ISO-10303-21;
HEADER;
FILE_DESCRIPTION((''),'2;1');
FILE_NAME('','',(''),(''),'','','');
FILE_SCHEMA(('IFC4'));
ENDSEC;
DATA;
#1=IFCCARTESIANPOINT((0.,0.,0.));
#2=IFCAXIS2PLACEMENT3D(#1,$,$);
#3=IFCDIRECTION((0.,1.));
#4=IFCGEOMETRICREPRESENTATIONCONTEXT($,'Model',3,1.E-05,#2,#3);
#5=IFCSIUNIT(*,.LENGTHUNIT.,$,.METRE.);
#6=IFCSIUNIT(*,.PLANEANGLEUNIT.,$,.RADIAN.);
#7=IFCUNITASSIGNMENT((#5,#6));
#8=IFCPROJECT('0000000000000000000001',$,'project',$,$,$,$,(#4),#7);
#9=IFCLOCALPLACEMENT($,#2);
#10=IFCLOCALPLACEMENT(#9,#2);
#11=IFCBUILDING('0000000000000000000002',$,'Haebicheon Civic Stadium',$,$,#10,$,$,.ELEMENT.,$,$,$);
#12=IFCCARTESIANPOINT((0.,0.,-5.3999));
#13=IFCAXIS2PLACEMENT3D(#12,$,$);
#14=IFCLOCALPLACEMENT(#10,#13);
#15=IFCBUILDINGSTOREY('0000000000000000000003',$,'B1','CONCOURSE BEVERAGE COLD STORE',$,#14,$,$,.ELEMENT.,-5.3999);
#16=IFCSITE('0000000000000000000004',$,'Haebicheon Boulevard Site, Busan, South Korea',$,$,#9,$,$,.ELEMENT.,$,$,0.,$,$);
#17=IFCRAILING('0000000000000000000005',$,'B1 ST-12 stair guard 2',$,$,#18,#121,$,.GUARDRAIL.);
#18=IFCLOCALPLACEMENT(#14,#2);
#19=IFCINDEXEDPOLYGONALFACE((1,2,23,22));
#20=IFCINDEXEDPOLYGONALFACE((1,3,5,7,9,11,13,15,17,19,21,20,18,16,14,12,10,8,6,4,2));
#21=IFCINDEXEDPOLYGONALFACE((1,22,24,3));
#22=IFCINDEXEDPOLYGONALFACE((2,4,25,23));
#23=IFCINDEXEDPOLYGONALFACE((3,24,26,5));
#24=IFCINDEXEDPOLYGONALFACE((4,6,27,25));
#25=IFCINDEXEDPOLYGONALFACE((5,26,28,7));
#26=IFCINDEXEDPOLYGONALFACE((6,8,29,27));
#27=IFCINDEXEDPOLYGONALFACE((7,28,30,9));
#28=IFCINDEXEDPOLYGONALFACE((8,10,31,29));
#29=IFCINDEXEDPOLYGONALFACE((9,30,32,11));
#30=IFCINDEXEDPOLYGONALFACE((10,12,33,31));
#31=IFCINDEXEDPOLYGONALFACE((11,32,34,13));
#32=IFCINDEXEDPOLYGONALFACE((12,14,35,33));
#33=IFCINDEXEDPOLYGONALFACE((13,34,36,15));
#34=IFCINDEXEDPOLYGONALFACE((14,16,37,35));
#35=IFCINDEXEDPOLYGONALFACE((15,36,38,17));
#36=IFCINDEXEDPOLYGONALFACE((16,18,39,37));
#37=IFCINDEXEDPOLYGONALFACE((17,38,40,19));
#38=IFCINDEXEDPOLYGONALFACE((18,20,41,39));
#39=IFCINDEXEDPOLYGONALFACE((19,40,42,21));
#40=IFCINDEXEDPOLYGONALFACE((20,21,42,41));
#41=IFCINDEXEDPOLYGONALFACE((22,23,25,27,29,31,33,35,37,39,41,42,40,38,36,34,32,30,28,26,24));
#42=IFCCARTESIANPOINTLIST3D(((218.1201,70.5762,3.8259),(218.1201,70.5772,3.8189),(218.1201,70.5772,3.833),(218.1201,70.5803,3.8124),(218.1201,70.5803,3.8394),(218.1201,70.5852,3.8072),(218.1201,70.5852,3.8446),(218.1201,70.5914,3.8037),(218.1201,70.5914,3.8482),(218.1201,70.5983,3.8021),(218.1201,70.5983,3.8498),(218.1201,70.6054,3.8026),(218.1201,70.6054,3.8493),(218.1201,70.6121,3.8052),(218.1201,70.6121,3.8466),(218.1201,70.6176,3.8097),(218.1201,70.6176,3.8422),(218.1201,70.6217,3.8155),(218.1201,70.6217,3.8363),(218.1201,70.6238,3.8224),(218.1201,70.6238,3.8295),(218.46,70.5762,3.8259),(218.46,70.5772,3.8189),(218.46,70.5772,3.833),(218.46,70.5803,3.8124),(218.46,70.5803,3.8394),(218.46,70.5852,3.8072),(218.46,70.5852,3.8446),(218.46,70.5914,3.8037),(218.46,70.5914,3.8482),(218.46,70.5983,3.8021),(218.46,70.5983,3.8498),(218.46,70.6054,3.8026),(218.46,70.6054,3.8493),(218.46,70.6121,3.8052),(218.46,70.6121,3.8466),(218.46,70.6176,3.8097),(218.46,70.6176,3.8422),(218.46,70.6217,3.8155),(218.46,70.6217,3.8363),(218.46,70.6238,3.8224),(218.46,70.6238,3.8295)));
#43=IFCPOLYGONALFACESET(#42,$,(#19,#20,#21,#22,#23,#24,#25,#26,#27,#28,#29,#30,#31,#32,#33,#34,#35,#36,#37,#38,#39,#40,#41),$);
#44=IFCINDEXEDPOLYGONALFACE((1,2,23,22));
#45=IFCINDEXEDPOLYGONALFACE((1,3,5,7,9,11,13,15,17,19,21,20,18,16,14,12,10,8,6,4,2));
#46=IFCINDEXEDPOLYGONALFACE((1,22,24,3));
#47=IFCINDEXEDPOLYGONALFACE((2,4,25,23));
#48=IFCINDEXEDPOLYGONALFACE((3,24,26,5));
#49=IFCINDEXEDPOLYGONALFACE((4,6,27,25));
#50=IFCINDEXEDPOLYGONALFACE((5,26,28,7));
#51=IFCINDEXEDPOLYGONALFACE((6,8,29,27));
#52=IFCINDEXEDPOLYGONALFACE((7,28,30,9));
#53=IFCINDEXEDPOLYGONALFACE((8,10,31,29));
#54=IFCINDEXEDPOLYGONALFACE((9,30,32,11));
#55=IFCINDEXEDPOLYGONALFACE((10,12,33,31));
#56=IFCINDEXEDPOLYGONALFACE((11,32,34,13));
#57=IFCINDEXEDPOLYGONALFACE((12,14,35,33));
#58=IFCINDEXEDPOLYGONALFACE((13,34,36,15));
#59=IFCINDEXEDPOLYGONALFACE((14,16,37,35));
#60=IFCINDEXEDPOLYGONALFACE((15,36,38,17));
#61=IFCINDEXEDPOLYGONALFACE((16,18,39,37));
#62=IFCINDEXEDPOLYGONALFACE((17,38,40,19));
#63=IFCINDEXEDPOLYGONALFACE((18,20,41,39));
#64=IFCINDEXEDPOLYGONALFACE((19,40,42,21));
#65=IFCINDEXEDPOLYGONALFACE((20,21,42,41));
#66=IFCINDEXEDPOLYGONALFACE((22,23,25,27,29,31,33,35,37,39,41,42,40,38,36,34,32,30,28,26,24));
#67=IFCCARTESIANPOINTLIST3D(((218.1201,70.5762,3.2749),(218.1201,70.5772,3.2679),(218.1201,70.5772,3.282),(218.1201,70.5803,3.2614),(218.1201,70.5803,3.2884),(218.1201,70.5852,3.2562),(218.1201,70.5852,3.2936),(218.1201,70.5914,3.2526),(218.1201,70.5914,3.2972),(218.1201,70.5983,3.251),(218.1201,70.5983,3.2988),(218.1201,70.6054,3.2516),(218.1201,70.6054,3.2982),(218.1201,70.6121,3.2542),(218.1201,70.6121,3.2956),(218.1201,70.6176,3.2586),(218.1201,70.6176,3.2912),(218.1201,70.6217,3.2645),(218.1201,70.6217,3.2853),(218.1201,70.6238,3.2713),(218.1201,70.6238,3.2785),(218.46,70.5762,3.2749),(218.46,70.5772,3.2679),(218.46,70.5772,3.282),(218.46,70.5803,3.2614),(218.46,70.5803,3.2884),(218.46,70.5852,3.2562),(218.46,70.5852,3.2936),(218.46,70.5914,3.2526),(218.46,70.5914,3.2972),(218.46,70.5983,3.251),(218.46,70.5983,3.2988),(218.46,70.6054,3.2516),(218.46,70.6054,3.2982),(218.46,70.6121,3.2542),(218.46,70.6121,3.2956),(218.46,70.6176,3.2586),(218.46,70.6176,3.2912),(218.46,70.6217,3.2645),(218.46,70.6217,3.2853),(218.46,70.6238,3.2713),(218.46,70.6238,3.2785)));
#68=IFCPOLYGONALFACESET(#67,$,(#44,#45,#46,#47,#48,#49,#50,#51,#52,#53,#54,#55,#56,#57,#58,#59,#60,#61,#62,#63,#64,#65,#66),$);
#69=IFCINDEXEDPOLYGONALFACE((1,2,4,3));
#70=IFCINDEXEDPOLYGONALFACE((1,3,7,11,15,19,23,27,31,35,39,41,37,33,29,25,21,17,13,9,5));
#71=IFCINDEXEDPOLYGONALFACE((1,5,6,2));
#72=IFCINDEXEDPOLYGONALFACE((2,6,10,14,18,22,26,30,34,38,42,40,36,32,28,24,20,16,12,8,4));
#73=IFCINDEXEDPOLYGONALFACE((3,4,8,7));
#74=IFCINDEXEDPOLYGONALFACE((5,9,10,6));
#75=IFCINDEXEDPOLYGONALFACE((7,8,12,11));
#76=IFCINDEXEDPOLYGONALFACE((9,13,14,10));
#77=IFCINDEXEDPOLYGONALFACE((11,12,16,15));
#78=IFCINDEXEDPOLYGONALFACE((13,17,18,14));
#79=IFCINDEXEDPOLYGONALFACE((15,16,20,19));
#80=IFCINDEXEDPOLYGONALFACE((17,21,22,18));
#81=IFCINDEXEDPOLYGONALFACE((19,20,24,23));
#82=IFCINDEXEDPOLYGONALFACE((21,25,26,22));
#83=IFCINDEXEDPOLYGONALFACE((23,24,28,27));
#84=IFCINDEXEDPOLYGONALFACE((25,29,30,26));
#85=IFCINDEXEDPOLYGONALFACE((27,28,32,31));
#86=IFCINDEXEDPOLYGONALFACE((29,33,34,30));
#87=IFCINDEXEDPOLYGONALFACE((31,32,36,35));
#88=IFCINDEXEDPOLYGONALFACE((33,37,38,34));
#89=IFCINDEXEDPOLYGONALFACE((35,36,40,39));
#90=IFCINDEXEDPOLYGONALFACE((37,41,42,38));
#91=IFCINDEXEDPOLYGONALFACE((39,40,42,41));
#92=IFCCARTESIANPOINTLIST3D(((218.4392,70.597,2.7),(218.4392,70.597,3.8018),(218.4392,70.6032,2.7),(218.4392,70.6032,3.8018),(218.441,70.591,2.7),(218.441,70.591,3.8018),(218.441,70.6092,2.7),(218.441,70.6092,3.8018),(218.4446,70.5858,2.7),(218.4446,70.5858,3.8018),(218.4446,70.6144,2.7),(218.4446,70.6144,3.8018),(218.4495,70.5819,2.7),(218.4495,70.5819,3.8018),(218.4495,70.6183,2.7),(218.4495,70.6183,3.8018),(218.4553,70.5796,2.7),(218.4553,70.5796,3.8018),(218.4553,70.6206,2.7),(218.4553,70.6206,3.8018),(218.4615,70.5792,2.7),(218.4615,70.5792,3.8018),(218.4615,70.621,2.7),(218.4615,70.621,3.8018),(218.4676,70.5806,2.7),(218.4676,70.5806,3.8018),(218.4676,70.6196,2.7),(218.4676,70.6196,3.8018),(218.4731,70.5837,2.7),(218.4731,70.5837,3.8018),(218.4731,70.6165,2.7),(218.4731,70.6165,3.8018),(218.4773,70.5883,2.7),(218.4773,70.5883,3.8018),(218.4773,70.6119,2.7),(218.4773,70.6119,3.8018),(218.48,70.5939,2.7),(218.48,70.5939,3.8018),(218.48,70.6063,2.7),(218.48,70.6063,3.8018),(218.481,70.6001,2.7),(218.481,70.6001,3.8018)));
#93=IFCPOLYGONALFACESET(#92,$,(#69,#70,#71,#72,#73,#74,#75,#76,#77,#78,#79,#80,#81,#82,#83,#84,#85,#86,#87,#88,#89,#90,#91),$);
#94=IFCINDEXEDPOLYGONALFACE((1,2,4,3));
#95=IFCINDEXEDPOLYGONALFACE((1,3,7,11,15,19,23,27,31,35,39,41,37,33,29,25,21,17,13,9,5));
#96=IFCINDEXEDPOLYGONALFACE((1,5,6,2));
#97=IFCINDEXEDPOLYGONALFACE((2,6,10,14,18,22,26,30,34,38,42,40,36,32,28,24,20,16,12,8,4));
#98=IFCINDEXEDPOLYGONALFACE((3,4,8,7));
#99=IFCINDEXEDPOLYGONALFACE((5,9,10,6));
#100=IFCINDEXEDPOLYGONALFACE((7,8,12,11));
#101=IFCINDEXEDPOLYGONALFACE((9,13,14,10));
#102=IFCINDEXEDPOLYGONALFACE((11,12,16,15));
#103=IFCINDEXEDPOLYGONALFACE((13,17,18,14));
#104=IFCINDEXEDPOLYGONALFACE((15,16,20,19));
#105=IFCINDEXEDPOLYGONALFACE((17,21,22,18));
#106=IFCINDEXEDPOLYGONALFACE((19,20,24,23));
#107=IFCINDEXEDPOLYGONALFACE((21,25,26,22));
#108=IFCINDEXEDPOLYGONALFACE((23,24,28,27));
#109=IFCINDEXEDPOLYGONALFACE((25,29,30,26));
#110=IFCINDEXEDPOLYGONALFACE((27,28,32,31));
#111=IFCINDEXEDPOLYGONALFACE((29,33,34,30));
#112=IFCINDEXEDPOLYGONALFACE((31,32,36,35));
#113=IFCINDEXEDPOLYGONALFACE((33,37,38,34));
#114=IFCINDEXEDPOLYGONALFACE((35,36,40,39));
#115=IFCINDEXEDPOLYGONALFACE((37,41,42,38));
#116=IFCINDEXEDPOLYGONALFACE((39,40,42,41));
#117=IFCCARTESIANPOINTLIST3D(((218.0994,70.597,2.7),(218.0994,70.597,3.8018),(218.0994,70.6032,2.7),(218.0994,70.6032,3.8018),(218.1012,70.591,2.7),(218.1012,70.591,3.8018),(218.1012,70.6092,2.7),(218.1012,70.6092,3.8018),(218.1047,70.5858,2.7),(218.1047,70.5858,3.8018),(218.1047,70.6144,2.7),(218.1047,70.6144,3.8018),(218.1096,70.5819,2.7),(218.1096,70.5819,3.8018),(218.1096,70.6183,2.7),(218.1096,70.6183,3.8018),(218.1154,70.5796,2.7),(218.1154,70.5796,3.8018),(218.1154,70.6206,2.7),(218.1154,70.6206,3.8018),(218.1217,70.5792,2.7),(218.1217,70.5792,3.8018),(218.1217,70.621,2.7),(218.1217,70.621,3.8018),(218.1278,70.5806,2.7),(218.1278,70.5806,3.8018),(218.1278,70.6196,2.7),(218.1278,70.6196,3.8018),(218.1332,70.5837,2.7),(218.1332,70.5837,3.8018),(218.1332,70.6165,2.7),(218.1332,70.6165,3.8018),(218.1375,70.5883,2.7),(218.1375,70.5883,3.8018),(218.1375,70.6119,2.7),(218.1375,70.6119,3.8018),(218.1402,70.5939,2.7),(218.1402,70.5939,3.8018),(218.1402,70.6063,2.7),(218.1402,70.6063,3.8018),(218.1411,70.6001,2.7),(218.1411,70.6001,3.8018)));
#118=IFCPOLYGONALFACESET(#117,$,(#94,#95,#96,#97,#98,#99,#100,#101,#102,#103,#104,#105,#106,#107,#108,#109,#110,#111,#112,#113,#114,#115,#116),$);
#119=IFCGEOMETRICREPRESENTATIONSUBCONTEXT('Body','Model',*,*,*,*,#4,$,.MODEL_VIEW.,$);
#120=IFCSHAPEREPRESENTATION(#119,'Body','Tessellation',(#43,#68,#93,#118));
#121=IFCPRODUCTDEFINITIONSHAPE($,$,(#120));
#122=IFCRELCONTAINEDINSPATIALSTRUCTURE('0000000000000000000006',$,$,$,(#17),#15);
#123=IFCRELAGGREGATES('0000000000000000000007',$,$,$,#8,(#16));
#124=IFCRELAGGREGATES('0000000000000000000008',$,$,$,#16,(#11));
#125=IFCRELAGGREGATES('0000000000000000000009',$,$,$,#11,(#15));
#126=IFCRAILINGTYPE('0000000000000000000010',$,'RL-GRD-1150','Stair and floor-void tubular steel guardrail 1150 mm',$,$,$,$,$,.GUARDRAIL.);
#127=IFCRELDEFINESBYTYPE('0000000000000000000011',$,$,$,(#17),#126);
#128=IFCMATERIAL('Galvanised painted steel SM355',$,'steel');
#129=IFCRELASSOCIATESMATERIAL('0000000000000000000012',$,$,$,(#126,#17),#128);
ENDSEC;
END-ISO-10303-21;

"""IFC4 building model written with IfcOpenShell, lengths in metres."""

from ifc_helpers import new_model, si_unit, direction, frame, origin, origin_2d, place, context, subcontext, project, spatial, circle, extrude, material, type_object, element, save


model = new_model("IFC4")

# Units and contexts
model_context = context("Model", 3, precision=1e-05, world=origin(), true_north=direction((0.0, 1.0)))
body_context = subcontext(model_context, "Body", "Model", "MODEL_VIEW")
ifc_project = project(units=[si_unit("LENGTHUNIT", "METRE"), si_unit("PLANEANGLEUNIT", "RADIAN")], contexts=[model_context])

# Site, building, storey
site_placement = place(None, origin())
site = spatial("IfcSite", under=ifc_project, at=site_placement, Name="Haebicheon Boulevard Site, Busan, South Korea", CompositionType="ELEMENT", RefElevation=0.0)
building_placement = place(site_placement, origin())
building = spatial("IfcBuilding", under=site, at=building_placement, Name="Haebicheon Civic Stadium", CompositionType="ELEMENT")
storey_placement = place(building_placement, frame((0.0, 0.0, -5.3999)))
storey = spatial("IfcBuildingStorey", under=building, at=storey_placement, Name="B1", Description="CONCOURSE BEVERAGE COLD STORE", CompositionType="ELEMENT", Elevation=-5.3999)

# Railing
ifc_material_1 = material(Name="Galvanised painted steel SM355", Category="steel")
railing_type_1 = type_object("IfcRailingType", Name="RL-GRD-1150", Description="Stair and floor-void tubular steel guardrail 1150 mm", PredefinedType="GUARDRAIL", material=ifc_material_1)
railing_1_placement = place(storey_placement, frame((218.46, 70.6001, 2.7)))
element("IfcRailing", 1, at=railing_1_placement, inside=storey, type_object=railing_type_1, material=ifc_material_1, Name="B1 ST-12 stair guard 2", PredefinedType="GUARDRAIL", context=body_context, shape_type="SweptSolid", body=[
    extrude(circle(Radius=0.0239, at=origin_2d()), frame((0.0, 0.0, 1.126), z_axis=(-1.0, 0.0, 0.0), x_axis=(0.0, -1.0, 0.0)), (0.0, 0.0, 1.0), 0.3398),
    extrude(circle(Radius=0.0239, at=origin_2d()), frame((0.0, 0.0, 0.575), z_axis=(-1.0, 0.0, 0.0), x_axis=(0.0, -1.0, 0.0)), (0.0, 0.0, 1.0), 0.3398),
    extrude(circle(Radius=0.021, at=origin_2d()), origin(), (0.0, 0.0, 1.0), 1.1018),
    extrude(circle(Radius=0.021, at=origin_2d()), frame((-0.3398, 0.0, 0.0)), (0.0, 0.0, 1.0), 1.1018),
])

save(model, "model.ifc")
